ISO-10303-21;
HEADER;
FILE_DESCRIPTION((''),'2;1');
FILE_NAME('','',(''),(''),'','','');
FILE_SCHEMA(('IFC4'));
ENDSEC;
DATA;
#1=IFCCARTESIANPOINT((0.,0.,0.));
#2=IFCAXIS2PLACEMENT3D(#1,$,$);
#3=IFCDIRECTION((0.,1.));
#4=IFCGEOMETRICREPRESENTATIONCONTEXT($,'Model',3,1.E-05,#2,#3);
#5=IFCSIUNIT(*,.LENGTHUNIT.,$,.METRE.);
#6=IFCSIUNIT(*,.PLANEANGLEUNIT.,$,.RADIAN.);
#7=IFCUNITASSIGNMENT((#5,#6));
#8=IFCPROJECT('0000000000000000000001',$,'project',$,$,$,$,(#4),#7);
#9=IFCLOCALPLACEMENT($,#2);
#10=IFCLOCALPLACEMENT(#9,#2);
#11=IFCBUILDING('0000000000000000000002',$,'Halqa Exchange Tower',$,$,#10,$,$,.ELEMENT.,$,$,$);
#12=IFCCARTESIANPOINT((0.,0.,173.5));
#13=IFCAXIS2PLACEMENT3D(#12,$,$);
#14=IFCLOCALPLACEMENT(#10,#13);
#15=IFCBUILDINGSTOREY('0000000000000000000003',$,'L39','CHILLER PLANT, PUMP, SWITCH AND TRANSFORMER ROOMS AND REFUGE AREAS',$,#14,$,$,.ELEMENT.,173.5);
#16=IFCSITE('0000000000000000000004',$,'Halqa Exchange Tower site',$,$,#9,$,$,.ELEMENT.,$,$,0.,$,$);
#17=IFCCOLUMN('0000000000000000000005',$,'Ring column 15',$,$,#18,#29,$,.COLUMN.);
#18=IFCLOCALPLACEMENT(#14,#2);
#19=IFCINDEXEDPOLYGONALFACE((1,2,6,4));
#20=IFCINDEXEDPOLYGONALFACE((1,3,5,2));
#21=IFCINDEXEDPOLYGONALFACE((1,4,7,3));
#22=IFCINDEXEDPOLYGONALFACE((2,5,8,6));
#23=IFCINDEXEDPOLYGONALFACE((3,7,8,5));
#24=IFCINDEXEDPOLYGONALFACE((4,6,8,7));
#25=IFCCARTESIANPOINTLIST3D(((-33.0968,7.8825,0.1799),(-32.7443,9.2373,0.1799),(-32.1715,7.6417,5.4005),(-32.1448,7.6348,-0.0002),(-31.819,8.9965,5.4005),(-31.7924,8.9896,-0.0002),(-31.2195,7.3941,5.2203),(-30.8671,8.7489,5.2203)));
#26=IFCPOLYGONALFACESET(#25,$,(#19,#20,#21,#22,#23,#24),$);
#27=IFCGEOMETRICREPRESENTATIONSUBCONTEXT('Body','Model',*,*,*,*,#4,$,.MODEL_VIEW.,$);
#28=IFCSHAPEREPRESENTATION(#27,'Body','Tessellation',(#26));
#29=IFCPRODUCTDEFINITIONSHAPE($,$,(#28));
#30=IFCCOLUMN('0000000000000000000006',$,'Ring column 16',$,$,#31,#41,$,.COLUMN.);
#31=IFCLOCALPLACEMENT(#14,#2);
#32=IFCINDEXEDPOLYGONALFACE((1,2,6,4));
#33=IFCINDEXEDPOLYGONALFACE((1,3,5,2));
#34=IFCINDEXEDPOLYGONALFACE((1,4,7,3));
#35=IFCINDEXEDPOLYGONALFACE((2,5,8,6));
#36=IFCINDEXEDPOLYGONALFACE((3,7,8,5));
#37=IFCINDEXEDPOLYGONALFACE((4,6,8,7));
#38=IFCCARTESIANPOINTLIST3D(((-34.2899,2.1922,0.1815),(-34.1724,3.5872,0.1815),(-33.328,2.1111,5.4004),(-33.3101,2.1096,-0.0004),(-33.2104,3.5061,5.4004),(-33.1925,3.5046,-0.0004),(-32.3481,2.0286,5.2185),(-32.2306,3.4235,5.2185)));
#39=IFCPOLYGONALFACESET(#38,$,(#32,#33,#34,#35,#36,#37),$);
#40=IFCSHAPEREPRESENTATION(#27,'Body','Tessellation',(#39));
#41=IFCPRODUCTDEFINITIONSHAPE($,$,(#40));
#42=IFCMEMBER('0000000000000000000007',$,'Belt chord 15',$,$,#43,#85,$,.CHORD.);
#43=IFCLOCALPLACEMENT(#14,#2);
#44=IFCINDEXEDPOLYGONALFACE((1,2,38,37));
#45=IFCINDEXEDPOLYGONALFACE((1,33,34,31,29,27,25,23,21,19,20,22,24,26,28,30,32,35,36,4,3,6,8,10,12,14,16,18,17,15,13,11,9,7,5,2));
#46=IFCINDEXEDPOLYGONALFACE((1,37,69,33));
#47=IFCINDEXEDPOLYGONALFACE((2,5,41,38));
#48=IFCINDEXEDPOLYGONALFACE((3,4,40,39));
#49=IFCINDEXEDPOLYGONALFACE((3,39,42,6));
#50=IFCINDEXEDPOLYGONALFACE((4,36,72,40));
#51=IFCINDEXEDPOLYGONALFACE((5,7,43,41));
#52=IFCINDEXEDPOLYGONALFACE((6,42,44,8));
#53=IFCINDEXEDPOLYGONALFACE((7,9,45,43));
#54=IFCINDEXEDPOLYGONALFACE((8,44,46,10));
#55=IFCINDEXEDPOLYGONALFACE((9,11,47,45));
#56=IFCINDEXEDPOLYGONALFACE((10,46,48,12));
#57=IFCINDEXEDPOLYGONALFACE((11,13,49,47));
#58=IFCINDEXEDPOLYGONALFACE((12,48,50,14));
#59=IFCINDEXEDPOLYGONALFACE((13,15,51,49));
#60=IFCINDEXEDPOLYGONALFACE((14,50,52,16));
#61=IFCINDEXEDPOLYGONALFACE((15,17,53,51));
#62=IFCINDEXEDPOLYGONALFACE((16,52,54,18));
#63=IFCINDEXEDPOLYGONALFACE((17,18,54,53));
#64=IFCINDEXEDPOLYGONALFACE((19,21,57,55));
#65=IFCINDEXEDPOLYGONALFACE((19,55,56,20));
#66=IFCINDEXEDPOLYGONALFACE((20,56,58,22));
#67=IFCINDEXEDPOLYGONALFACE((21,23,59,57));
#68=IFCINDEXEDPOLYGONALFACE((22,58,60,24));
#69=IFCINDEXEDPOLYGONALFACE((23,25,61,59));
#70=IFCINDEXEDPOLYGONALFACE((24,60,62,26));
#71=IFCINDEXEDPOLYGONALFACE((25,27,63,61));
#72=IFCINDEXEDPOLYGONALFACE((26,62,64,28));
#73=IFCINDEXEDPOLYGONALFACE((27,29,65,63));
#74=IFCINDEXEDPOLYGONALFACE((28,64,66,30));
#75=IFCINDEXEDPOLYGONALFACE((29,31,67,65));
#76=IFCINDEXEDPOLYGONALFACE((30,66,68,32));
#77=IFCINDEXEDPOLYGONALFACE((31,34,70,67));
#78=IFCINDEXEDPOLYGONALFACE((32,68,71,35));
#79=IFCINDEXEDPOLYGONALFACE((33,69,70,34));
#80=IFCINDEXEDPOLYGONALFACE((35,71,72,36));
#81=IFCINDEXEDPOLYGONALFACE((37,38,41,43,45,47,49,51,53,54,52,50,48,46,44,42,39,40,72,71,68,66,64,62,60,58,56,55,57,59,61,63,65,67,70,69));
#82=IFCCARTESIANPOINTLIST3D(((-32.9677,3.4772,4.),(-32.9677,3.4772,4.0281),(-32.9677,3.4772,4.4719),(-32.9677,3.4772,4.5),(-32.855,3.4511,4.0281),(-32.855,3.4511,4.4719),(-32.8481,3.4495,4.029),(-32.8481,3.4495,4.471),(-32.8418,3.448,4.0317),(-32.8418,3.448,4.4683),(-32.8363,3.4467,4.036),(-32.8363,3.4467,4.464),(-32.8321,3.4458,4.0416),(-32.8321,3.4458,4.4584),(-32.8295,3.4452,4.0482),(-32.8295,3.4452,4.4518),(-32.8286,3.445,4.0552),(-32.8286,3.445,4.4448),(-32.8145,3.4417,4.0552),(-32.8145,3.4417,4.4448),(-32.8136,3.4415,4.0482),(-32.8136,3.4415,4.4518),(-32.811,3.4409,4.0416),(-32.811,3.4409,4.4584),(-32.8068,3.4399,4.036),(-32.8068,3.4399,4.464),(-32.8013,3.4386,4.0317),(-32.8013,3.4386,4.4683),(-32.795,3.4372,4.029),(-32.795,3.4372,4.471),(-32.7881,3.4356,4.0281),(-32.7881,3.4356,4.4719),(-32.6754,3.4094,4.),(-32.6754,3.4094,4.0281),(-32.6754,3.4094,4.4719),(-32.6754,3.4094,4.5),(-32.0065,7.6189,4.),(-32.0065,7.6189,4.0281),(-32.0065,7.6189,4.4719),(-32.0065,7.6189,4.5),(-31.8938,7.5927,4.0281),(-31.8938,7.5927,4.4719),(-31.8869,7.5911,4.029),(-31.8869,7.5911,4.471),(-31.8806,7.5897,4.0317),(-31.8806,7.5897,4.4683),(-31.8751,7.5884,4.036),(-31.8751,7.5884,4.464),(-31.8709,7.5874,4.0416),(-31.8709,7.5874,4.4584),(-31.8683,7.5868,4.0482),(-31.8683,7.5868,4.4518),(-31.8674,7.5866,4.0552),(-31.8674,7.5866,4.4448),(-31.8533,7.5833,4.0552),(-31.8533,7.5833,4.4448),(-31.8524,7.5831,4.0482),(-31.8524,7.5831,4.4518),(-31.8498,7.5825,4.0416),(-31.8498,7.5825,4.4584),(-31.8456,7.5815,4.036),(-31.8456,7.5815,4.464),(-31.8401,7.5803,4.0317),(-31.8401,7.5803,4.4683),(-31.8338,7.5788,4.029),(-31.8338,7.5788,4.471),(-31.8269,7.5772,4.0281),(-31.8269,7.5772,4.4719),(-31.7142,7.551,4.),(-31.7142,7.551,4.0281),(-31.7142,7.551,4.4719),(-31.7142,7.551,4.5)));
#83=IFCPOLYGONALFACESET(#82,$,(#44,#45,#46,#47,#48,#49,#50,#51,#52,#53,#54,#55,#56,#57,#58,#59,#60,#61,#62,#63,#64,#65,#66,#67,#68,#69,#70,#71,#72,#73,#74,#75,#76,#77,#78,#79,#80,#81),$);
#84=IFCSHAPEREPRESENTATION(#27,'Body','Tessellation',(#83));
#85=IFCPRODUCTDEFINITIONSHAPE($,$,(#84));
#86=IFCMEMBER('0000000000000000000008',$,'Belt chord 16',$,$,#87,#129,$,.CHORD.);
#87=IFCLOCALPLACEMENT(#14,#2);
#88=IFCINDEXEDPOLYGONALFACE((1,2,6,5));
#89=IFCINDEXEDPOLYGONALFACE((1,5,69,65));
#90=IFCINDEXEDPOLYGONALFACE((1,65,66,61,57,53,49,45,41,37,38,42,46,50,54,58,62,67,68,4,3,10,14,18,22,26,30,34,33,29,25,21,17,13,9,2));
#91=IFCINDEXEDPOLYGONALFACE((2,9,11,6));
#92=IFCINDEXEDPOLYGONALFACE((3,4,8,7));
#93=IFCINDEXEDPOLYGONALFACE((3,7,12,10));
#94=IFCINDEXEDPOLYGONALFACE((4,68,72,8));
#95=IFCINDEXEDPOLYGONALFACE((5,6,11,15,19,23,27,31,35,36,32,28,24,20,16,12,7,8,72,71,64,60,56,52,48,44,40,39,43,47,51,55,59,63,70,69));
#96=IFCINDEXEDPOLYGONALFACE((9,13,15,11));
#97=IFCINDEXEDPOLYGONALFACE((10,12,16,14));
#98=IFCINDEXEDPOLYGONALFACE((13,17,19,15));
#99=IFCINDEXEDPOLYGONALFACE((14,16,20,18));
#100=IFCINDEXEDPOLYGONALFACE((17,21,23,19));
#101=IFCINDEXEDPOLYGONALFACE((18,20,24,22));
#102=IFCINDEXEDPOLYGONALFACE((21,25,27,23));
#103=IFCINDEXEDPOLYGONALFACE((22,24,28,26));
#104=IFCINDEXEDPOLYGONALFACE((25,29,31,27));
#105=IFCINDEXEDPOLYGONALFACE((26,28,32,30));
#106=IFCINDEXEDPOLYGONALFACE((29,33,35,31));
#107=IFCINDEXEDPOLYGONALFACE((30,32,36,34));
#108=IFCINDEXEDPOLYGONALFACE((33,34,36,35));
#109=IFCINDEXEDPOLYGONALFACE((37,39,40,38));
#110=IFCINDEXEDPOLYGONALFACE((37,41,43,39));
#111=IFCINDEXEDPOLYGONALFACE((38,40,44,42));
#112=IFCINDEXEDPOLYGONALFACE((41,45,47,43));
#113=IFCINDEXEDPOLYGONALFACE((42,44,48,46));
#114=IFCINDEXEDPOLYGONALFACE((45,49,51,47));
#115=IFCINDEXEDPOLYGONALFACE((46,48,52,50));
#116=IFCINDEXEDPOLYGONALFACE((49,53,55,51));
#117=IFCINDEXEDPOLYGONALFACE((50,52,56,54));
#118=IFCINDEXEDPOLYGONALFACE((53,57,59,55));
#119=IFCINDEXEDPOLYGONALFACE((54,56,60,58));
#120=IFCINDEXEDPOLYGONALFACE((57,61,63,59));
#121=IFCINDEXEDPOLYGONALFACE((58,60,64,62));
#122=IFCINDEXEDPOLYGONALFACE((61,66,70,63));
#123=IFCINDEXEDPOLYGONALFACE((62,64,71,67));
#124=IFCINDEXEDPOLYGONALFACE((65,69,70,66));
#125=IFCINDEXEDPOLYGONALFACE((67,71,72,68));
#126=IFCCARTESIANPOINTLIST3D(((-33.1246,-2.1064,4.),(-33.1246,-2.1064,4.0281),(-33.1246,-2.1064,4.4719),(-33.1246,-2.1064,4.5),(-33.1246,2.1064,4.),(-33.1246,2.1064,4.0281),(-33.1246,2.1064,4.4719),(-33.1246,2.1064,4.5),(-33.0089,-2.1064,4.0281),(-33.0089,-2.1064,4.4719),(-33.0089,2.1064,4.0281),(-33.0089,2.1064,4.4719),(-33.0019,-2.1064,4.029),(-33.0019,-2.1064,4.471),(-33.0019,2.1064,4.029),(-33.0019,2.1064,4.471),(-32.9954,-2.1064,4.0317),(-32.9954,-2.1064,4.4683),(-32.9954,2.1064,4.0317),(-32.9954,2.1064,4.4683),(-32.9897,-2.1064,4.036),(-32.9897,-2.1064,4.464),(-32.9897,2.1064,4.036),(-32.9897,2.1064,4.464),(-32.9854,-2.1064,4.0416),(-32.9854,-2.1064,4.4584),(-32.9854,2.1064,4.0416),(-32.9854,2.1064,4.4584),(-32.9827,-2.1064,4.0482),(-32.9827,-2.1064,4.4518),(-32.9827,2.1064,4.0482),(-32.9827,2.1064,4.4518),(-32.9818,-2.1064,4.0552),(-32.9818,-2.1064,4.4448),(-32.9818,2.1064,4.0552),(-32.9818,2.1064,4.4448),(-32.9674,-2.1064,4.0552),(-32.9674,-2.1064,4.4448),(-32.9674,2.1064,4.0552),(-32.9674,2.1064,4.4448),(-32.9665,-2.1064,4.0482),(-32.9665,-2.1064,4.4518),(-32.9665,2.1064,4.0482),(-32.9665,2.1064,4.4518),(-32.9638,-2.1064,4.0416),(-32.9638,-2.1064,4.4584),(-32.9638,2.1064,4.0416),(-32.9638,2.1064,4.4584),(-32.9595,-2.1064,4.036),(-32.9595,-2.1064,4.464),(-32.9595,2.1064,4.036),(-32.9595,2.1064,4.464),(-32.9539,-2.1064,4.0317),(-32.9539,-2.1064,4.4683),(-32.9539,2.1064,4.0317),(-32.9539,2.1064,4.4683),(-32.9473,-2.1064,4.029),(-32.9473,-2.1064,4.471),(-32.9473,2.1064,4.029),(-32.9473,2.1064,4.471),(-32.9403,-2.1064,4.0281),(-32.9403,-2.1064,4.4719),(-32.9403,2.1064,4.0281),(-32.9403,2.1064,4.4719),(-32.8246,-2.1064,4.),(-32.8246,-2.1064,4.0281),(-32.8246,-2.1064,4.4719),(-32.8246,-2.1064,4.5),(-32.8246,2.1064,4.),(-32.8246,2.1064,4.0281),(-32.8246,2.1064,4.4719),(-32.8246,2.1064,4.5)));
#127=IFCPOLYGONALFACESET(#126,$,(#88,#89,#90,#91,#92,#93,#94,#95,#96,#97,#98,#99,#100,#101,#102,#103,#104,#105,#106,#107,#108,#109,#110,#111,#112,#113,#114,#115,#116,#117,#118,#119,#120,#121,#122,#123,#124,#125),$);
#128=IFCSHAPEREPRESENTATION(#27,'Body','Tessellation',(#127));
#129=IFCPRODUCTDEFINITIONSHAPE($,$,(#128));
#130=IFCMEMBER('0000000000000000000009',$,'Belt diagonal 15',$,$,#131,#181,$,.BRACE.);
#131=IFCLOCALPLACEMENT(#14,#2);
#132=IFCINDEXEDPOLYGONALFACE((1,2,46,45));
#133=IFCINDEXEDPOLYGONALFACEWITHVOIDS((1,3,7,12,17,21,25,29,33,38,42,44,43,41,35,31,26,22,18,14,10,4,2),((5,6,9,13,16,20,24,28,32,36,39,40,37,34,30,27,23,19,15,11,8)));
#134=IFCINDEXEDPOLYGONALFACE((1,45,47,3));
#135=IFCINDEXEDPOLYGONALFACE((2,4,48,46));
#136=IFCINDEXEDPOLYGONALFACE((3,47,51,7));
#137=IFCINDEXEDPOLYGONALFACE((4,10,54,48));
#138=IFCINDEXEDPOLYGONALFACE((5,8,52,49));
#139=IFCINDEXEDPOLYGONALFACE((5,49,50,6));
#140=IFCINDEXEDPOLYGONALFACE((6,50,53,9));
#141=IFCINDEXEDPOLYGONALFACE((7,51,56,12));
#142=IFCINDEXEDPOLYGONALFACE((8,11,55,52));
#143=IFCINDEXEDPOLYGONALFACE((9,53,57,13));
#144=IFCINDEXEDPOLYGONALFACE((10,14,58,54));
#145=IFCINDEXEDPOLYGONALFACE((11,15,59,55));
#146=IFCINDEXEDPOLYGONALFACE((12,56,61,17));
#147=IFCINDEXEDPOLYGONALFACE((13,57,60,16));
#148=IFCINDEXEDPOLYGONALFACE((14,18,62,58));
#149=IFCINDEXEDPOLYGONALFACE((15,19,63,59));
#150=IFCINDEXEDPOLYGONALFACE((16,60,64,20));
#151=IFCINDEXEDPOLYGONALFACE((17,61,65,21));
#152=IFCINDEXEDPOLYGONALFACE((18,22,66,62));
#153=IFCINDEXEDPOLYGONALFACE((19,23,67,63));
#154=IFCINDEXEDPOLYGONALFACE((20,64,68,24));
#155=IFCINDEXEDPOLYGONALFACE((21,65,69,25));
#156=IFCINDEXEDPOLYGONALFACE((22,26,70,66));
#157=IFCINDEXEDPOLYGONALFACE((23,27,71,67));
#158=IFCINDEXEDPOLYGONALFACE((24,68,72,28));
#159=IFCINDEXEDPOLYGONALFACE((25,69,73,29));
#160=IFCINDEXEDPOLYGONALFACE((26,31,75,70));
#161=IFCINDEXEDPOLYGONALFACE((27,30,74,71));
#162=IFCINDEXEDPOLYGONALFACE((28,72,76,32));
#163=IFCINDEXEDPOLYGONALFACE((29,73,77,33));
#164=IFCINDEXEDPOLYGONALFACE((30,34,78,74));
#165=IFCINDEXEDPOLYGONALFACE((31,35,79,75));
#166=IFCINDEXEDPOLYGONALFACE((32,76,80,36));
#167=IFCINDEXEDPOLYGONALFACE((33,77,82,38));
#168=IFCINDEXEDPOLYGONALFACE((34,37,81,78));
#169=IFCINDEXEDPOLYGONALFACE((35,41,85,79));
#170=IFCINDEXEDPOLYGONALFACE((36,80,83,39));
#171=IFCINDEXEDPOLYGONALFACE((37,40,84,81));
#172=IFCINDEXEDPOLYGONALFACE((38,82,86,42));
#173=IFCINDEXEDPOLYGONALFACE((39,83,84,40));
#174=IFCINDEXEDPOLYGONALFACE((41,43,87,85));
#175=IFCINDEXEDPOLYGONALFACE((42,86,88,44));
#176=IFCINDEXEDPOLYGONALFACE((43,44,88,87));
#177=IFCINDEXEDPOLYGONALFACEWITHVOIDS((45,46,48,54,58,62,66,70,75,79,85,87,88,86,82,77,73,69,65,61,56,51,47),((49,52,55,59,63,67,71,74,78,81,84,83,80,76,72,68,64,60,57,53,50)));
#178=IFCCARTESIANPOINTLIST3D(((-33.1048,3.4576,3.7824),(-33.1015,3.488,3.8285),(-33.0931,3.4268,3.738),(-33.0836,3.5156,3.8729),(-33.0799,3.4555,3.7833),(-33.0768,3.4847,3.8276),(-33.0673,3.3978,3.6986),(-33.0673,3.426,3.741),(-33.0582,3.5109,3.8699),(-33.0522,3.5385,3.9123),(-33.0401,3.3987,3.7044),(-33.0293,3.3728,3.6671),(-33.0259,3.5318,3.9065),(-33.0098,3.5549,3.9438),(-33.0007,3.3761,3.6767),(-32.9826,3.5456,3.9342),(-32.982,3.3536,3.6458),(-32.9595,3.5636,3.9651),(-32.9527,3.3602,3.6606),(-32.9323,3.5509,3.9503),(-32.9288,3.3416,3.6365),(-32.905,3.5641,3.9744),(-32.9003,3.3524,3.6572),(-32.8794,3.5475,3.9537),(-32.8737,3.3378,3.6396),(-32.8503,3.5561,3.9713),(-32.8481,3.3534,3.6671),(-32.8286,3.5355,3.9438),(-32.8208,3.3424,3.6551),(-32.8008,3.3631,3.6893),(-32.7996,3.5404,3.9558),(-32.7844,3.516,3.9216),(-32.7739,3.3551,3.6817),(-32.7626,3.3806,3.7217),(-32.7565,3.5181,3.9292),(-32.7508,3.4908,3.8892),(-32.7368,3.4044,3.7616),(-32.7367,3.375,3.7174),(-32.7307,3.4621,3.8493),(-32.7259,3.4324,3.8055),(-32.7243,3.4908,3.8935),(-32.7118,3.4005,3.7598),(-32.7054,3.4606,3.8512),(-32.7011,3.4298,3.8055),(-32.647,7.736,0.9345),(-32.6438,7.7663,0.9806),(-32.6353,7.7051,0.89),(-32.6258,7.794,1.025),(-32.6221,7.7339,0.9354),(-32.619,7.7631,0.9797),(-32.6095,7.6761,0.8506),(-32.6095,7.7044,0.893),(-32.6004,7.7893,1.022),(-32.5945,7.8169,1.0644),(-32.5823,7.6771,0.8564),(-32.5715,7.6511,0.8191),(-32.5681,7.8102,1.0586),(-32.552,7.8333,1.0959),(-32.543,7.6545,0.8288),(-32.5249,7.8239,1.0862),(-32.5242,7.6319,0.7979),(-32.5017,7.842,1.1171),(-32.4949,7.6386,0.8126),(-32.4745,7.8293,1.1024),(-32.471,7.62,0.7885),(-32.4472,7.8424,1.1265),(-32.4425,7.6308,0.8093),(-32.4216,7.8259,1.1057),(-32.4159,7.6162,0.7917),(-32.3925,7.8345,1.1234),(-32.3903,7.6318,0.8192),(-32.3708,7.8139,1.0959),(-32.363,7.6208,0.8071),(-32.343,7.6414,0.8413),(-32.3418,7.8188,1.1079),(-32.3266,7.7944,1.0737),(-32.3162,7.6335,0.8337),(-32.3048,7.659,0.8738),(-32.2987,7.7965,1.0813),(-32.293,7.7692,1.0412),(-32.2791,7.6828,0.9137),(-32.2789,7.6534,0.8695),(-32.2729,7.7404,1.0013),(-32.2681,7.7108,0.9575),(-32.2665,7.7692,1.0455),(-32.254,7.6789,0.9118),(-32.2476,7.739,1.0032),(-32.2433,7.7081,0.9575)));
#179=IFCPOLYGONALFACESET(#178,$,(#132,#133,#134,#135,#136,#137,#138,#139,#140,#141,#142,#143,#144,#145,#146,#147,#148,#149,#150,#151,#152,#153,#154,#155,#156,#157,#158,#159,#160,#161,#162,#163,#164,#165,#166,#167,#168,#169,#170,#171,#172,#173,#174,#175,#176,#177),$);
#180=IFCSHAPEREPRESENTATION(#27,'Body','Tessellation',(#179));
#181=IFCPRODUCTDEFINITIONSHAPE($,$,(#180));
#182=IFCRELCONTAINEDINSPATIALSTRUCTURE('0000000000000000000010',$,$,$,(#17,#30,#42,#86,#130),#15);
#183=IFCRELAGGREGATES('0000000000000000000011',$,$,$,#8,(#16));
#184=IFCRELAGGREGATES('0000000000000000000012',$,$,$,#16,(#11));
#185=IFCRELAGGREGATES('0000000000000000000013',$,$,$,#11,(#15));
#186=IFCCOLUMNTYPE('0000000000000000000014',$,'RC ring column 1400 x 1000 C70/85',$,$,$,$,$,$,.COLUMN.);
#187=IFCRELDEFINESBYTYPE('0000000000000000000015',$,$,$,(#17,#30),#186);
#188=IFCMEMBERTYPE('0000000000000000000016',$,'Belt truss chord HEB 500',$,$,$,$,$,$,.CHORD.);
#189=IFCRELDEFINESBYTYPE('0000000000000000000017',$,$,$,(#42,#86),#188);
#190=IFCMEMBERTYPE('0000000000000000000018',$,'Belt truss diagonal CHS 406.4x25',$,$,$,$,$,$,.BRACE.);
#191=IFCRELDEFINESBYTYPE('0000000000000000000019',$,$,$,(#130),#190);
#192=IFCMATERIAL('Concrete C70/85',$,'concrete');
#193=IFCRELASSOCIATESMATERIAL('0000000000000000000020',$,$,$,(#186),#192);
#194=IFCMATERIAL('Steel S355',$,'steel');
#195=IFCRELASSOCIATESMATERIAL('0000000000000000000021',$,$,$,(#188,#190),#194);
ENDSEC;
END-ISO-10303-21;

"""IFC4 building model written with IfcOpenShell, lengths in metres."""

from ifc_helpers import new_model, si_unit, direction, frame, origin, origin_2d, place, context, subcontext, project, spatial, rectangle, hollow_circle, i_section, extrude, material, material_profile, profile_set, type_object, element, save


model = new_model("IFC4")

# Units and contexts
model_context = context("Model", 3, precision=1e-05, world=origin(), true_north=direction((0.0, 1.0)))
body_context = subcontext(model_context, "Body", "Model", "MODEL_VIEW")
ifc_project = project(units=[si_unit("LENGTHUNIT", "METRE"), si_unit("PLANEANGLEUNIT", "RADIAN")], contexts=[model_context])

# Site, building, storey
site_placement = place(None, origin())
site = spatial("IfcSite", under=ifc_project, at=site_placement, Name="Halqa Exchange Tower site", CompositionType="ELEMENT", RefElevation=0.0)
building_placement = place(site_placement, origin())
building = spatial("IfcBuilding", under=site, at=building_placement, Name="Halqa Exchange Tower", CompositionType="ELEMENT")
storey_placement = place(building_placement, frame((0.0, 0.0, 173.5)))
storey = spatial("IfcBuildingStorey", under=building, at=storey_placement, Name="L39", Description="CHILLER PLANT, PUMP, SWITCH AND TRANSFORMER ROOMS AND REFUGE AREAS", CompositionType="ELEMENT", Elevation=173.5)

# Columns
ifc_material_1 = material(Name="Concrete C70/85", Category="concrete")
ifc_material_profile_1 = material_profile(ifc_material_1, rectangle(XDim=1.3999, YDim=1.0, at=origin_2d()), Name="1400 x 1000")
ifc_profile_set_1 = profile_set([ifc_material_profile_1], Name="Concrete C70/85")
column_type = type_object("IfcColumnType", Name="RC ring column 1400 x 1000 C70/85", PredefinedType="COLUMN", material=ifc_profile_set_1)
for number, where, z_axis, x_axis, name in (
    (1, (-32.4446, 8.436, 0.0898), (0.174344, -0.045357, 0.98364), (0.251777, 0.967785, 0.0), "Ring column 15"),
    (2, (-33.7412, 2.8484, 0.0906), (0.181244, -0.015272, 0.98332), (0.083966, 0.996469, 0.0), "Ring column 16"),
):
    element("IfcColumn", number, at=place(storey_placement, frame(where, z_axis=z_axis, x_axis=x_axis)), inside=storey, type_object=column_type, Name=name, PredefinedType="COLUMN", context=body_context, shape_type="SweptSolid", body=[
        extrude(rectangle(XDim=1.3999, YDim=1.0, at=origin_2d()), origin(), (0.0, 0.0, 1.0), 5.3074),
    ])

# Members
ifc_material_2 = material(Name="Steel S355", Category="steel")
ifc_material_profile_2 = material_profile(ifc_material_2, i_section(OverallWidth=0.3, OverallDepth=0.5, WebThickness=0.0144, FlangeThickness=0.0281, FilletRadius=0.0271, at=origin_2d()), Name="HEB 500")
ifc_profile_set_2 = profile_set([ifc_material_profile_2], Name="Steel S355")
member_type_1 = type_object("IfcMemberType", Name="Belt truss chord HEB 500", PredefinedType="CHORD", material=ifc_profile_set_2)
member_1_placement = place(storey_placement, frame((-31.8604, 7.585, 4.25), z_axis=(-0.226071, -0.974111, 0.0), x_axis=(0.974111, -0.226071, 0.0)))
element("IfcMember", 3, at=member_1_placement, inside=storey, type_object=member_type_1, Name="Belt chord 15", PredefinedType="CHORD", context=body_context, shape_type="SweptSolid", body=[
    extrude(i_section(OverallWidth=0.3, OverallDepth=0.5, WebThickness=0.0144, FlangeThickness=0.0281, FilletRadius=0.0271, at=origin_2d()), origin(), (0.0, 0.0, 1.0), 4.2517),
])
member_2_placement = place(storey_placement, frame((-32.9746, 2.1064, 4.25), z_axis=(0.0, -1.0, 0.0), x_axis=(1.0, 0.0, 0.0)))
element("IfcMember", 4, at=member_2_placement, inside=storey, type_object=member_type_1, Name="Belt chord 16", PredefinedType="CHORD", context=body_context, shape_type="SweptSolid", body=[
    extrude(i_section(OverallWidth=0.3, OverallDepth=0.5, WebThickness=0.0144, FlangeThickness=0.0281, FilletRadius=0.0271, at=origin_2d()), origin(), (0.0, 0.0, 1.0), 4.2129),
])
ifc_material_profile_3 = material_profile(ifc_material_2, hollow_circle(Radius=0.2031, WallThickness=0.0249, at=origin_2d()), Name="CHS 406.4x25")
ifc_profile_set_3 = profile_set([ifc_material_profile_3], Name="Steel S355")
member_type_2 = type_object("IfcMemberType", Name="Belt truss diagonal CHS 406.4x25", PredefinedType="BRACE", material=ifc_profile_set_3)
member_3_placement = place(storey_placement, frame((-32.4453, 7.7297, 0.9575), z_axis=(-0.088716, -0.829155, 0.551934), x_axis=(0.994325, -0.106389, 0.0)))
element("IfcMember", 5, at=member_3_placement, inside=storey, type_object=member_type_2, Name="Belt diagonal 15", PredefinedType="BRACE", context=body_context, shape_type="SweptSolid", body=[
    extrude(hollow_circle(Radius=0.2031, WallThickness=0.0249, at=origin_2d()), origin(), (0.0, 0.0, 1.0), 5.1599),
])

save(model, "model.ifc")
